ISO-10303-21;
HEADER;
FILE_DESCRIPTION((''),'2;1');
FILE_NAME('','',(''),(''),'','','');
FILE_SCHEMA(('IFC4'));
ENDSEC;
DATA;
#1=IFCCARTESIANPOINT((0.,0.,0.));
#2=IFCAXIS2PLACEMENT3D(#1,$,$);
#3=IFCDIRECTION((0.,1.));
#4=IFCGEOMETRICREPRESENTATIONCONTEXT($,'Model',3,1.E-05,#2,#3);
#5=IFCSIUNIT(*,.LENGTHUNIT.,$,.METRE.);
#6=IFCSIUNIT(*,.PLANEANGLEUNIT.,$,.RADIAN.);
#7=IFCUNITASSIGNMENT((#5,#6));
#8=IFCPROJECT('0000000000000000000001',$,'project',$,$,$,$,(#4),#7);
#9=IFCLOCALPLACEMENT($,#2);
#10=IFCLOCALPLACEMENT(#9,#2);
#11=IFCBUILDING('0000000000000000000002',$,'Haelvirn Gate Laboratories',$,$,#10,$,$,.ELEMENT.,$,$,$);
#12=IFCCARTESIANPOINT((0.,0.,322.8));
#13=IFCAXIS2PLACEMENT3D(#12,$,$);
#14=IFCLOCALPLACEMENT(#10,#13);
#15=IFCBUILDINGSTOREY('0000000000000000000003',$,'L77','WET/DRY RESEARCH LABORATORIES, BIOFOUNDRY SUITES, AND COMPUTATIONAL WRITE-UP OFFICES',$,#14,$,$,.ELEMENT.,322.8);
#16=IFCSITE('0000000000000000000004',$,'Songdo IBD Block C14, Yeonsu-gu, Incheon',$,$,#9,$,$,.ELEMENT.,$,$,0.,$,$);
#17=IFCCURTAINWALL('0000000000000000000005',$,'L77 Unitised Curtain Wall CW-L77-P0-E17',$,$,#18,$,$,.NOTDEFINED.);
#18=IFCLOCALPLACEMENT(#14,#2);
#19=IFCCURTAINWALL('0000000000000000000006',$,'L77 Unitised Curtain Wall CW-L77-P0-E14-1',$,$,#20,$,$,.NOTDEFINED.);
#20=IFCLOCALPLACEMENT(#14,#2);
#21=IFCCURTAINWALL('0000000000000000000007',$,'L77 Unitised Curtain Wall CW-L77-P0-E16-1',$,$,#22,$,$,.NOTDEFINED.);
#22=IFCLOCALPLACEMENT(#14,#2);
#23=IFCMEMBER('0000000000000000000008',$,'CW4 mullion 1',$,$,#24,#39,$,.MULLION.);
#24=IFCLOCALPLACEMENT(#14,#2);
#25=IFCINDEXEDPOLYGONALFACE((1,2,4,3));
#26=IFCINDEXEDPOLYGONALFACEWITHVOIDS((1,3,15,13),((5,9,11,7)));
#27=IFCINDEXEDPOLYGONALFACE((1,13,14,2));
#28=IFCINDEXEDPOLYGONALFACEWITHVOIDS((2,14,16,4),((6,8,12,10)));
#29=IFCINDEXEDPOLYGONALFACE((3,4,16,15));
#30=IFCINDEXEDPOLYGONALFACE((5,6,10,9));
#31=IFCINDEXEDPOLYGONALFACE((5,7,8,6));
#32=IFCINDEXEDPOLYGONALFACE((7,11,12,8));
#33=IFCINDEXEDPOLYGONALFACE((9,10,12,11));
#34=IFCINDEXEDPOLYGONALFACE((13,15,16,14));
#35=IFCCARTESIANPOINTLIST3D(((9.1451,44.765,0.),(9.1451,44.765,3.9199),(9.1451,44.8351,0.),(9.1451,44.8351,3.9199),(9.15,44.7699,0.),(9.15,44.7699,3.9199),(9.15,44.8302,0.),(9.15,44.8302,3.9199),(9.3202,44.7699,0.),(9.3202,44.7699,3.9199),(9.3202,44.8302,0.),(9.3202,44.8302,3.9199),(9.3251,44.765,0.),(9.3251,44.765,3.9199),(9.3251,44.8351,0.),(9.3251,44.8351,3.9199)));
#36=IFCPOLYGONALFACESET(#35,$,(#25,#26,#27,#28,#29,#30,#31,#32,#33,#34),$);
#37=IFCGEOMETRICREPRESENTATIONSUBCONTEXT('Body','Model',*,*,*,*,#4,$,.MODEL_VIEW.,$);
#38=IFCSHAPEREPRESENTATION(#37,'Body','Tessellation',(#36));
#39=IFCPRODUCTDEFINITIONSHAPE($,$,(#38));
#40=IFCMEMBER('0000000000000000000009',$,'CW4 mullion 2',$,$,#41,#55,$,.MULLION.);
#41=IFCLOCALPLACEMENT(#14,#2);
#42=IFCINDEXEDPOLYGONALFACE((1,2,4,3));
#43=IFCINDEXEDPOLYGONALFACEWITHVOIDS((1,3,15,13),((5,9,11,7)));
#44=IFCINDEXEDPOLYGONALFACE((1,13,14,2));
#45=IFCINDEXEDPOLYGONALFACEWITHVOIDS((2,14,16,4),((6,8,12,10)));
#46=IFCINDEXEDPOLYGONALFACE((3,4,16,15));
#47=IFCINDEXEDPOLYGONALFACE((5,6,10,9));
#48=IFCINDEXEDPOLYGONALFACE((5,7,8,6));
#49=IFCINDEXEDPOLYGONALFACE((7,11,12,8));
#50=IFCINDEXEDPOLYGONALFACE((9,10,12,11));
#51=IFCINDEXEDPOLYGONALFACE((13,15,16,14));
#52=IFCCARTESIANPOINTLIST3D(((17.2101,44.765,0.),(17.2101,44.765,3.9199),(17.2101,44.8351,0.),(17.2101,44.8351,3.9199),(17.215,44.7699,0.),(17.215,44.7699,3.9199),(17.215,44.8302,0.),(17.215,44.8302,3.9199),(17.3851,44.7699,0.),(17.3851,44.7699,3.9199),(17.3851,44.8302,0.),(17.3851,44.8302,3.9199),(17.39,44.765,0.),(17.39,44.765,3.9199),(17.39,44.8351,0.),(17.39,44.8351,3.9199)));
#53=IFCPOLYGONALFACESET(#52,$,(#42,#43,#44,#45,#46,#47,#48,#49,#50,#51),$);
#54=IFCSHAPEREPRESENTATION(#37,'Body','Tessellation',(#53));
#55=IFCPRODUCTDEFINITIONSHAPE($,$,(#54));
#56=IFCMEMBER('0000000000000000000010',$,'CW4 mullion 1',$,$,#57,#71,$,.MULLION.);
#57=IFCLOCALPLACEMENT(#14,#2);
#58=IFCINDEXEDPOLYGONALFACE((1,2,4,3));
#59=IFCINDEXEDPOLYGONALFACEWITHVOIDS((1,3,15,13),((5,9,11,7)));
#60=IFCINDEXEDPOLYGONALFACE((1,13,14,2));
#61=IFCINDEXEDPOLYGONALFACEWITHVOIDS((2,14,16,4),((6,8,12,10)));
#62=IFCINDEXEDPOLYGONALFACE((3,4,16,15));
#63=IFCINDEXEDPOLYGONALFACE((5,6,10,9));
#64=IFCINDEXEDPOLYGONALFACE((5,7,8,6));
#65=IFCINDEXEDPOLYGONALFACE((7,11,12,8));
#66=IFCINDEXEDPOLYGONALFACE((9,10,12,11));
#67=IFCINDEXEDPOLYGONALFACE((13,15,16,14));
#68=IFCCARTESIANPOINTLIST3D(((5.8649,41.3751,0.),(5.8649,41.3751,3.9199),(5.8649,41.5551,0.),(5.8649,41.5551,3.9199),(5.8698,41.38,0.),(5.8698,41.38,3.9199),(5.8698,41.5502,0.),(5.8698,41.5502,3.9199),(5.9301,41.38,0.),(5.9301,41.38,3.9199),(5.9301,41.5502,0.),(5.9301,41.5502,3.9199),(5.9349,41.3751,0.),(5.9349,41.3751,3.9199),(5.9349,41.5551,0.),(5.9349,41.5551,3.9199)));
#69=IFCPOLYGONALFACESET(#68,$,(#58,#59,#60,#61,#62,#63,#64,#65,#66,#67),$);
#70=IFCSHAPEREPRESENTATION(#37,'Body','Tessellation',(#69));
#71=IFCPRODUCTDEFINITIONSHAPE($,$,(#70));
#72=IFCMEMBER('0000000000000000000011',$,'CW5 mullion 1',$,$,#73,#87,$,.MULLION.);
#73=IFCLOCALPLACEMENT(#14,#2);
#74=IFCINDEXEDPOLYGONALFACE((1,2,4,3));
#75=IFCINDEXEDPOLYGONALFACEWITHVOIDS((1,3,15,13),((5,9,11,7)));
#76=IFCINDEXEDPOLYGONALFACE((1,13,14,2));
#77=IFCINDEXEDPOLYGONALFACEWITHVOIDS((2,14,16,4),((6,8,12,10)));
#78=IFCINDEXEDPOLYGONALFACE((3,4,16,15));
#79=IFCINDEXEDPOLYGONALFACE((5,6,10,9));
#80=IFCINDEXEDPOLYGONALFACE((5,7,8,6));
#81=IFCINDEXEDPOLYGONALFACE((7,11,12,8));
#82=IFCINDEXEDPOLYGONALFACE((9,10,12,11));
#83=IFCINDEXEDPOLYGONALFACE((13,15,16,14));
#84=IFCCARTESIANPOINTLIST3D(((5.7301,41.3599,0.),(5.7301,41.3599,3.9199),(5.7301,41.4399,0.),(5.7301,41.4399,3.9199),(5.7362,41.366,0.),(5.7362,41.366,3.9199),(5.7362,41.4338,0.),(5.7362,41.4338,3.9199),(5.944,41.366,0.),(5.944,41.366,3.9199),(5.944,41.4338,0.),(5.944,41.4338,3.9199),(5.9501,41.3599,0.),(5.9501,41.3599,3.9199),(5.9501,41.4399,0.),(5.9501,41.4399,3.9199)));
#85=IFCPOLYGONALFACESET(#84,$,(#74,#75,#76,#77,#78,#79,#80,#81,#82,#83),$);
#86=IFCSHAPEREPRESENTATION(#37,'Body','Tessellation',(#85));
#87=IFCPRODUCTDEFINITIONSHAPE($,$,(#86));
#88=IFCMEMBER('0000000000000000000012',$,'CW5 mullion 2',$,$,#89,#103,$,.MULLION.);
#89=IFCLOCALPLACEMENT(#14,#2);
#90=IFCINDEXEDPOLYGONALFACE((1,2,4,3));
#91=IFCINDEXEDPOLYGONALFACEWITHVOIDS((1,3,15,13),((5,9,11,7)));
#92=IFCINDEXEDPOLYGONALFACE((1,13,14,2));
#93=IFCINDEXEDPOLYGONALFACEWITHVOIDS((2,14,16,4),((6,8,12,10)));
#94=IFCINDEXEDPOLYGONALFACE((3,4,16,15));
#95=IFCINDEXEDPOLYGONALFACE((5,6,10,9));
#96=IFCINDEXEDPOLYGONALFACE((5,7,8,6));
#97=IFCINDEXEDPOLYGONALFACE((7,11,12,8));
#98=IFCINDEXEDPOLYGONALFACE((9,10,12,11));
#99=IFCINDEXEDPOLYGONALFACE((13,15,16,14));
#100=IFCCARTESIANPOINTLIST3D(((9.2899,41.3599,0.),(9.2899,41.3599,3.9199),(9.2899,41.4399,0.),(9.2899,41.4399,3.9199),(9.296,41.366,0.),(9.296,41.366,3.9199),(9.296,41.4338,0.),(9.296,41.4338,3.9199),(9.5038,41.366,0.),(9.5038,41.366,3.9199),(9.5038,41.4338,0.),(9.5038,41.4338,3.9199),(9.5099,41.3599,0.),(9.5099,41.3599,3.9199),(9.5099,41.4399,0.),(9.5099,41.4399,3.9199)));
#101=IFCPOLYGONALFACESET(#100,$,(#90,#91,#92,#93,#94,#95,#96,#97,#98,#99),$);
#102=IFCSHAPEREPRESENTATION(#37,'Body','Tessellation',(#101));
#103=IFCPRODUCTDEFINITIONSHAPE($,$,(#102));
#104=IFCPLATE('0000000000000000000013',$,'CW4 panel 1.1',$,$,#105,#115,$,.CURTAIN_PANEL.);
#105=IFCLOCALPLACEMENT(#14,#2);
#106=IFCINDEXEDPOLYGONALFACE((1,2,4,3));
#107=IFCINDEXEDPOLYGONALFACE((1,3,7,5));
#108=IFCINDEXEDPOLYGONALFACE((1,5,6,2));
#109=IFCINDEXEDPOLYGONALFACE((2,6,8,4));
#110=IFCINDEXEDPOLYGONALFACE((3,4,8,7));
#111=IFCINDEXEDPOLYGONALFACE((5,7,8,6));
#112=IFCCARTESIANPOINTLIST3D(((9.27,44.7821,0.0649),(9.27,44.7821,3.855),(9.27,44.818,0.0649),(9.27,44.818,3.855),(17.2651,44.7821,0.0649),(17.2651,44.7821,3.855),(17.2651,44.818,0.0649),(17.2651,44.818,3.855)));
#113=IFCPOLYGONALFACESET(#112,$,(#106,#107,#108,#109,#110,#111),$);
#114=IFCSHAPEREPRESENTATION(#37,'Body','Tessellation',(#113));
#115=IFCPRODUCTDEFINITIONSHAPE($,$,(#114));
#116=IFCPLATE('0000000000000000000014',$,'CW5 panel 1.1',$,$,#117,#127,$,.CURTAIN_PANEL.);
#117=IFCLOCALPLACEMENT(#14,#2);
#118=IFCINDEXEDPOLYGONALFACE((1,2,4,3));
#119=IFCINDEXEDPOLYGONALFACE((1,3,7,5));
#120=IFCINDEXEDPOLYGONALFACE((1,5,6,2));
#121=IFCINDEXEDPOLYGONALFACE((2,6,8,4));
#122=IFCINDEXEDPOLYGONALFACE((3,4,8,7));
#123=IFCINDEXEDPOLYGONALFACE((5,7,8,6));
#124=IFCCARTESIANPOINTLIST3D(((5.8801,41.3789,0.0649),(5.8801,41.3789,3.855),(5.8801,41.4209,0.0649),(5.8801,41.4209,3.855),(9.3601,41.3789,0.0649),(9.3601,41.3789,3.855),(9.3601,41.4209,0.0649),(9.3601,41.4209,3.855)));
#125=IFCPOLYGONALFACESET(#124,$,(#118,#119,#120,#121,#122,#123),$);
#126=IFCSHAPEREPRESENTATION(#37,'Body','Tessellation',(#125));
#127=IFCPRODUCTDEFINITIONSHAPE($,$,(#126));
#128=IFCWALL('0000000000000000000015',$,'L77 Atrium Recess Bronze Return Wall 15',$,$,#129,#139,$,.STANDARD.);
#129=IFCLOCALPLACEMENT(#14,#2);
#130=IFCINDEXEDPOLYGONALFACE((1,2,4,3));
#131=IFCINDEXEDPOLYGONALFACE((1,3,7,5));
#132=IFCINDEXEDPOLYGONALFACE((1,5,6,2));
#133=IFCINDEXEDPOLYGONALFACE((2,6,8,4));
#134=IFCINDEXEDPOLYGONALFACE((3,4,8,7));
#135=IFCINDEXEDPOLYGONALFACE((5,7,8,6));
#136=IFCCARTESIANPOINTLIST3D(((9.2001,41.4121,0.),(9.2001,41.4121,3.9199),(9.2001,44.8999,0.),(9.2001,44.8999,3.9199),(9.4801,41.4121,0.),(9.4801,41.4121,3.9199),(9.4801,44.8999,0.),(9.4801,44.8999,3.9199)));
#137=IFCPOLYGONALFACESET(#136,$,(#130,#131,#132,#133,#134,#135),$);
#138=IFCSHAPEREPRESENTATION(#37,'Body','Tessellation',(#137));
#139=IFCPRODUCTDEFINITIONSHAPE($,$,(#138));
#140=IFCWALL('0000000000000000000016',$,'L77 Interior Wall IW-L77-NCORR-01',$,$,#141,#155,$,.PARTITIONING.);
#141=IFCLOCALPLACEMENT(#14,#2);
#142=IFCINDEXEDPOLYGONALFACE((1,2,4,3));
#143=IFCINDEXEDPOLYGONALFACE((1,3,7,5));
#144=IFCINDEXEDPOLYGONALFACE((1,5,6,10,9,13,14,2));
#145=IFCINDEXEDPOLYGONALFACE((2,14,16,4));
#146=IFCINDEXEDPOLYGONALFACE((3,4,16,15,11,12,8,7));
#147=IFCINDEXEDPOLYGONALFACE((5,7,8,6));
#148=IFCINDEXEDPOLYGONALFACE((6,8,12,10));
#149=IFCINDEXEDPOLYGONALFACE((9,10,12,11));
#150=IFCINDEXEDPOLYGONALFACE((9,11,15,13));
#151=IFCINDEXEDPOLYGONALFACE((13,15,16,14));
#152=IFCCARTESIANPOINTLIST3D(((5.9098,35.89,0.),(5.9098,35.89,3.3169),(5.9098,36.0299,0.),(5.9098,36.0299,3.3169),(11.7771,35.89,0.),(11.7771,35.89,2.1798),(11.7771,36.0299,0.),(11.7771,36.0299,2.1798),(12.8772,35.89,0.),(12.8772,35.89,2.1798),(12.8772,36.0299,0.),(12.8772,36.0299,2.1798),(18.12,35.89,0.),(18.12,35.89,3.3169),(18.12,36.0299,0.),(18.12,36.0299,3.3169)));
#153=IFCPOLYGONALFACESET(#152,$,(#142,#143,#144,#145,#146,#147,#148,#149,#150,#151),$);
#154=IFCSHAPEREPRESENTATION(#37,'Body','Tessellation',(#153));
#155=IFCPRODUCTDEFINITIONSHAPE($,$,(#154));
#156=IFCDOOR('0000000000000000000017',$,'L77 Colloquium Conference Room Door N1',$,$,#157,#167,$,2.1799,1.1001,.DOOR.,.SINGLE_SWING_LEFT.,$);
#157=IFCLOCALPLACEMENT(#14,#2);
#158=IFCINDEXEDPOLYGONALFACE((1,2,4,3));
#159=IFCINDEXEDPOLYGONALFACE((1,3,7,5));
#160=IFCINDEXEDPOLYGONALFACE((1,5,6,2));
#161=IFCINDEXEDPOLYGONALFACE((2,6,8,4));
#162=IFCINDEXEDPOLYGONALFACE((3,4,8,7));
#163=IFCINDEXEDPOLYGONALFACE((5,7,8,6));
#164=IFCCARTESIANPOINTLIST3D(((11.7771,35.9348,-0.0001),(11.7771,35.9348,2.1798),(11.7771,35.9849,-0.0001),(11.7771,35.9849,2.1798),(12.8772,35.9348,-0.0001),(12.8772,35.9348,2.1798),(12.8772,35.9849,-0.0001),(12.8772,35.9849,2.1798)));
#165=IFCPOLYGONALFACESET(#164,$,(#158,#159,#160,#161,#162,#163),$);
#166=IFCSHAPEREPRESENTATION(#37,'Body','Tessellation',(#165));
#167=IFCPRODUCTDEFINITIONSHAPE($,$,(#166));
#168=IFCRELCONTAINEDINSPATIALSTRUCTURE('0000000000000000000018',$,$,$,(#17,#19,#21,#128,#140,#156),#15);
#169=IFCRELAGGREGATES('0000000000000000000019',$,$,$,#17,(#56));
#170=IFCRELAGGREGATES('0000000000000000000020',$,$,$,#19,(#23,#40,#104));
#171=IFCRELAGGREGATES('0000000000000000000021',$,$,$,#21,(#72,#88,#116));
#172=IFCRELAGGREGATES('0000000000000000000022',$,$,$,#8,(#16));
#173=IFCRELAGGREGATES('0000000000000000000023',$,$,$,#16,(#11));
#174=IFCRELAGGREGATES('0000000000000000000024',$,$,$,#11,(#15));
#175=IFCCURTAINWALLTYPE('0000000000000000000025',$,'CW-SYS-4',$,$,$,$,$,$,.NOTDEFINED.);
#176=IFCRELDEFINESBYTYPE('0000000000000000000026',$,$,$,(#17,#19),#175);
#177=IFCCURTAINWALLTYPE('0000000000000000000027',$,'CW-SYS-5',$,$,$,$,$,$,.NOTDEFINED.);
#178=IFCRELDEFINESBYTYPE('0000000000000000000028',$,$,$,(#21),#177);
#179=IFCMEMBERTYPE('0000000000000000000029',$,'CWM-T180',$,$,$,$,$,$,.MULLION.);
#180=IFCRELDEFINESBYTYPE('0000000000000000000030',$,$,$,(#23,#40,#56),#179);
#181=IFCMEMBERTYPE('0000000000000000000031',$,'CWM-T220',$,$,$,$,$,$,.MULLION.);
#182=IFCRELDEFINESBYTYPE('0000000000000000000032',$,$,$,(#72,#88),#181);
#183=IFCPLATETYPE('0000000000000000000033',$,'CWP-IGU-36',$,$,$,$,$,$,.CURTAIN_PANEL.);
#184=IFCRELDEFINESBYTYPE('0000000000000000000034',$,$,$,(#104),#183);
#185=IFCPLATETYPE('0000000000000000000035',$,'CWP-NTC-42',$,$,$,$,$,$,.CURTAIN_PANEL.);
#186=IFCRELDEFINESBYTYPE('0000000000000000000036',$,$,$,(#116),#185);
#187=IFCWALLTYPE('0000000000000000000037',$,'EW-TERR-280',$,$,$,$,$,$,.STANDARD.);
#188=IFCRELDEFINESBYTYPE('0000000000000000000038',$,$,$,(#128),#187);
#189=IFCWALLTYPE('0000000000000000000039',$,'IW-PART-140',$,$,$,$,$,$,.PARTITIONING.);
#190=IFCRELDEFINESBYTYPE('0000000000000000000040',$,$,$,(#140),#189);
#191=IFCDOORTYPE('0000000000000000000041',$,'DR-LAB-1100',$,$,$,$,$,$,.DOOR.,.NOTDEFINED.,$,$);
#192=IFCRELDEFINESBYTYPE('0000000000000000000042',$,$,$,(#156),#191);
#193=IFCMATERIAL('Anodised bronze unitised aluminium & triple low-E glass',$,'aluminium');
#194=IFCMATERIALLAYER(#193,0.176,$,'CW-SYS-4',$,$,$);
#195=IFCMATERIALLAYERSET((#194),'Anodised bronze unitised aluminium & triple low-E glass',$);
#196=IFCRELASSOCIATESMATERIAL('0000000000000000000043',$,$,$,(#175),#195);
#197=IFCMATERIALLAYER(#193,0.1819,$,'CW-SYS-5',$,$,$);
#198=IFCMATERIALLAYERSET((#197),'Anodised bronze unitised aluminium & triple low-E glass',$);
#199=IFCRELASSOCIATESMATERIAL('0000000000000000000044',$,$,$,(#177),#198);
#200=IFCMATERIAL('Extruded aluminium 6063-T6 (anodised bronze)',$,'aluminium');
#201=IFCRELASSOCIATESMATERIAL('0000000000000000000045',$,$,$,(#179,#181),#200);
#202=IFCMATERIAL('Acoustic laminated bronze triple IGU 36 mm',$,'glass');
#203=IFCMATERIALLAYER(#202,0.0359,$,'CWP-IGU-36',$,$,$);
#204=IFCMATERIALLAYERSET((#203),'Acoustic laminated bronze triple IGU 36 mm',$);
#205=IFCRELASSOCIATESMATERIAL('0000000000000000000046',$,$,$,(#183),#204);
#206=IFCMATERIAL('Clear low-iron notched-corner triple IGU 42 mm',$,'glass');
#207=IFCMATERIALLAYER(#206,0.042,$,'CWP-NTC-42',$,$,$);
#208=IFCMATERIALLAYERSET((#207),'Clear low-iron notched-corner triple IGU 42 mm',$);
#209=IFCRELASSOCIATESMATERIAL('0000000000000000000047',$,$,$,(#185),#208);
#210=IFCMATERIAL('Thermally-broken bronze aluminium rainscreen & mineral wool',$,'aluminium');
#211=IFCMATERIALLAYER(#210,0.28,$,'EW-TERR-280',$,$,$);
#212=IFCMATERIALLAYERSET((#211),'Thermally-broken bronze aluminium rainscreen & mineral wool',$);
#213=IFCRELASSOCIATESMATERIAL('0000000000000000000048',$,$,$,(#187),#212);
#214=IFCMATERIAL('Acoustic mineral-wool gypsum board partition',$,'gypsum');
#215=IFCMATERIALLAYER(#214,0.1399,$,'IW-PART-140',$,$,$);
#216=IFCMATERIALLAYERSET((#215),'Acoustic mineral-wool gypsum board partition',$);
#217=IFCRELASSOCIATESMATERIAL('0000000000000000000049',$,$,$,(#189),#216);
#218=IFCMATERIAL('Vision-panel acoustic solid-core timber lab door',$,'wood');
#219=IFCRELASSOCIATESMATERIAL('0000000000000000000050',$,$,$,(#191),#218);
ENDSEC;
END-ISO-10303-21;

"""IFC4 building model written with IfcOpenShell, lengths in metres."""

from ifc_helpers import new_model, si_unit, direction, frame, frame_2d, origin, origin_2d, place, context, subcontext, project, spatial, rectangle, hollow_rectangle, extrude, source, transform, mapped, material, layer, layer_set, material_profile, profile_set, type_object, type_shapes, element, fill, aggregate, save


model = new_model("IFC4")

# Units and contexts
model_context = context("Model", 3, precision=1e-05, world=origin(), true_north=direction((0.0, 1.0)))
body_context = subcontext(model_context, "Body", "Model", "MODEL_VIEW")
ifc_project = project(units=[si_unit("LENGTHUNIT", "METRE"), si_unit("PLANEANGLEUNIT", "RADIAN")], contexts=[model_context])

# Site, building, storey
site_placement = place(None, origin())
site = spatial("IfcSite", under=ifc_project, at=site_placement, Name="Songdo IBD Block C14, Yeonsu-gu, Incheon", CompositionType="ELEMENT", RefElevation=0.0)
building_placement = place(site_placement, origin())
building = spatial("IfcBuilding", under=site, at=building_placement, Name="Haelvirn Gate Laboratories", CompositionType="ELEMENT")
storey_placement = place(building_placement, frame((0.0, 0.0, 322.8)))
storey = spatial("IfcBuildingStorey", under=building, at=storey_placement, Name="L77", Description="WET/DRY RESEARCH LABORATORIES, BIOFOUNDRY SUITES, AND COMPUTATIONAL WRITE-UP OFFICES", CompositionType="ELEMENT", Elevation=322.8)

# Curtain walls
ifc_material_1 = material(Name="Anodised bronze unitised aluminium & triple low-E glass", Category="aluminium")
ifc_layer_1 = layer(ifc_material_1, 0.176, Name="CW-SYS-4")
ifc_layer_set_1 = layer_set([ifc_layer_1], Name="Anodised bronze unitised aluminium & triple low-E glass")
curtain_wall_type_1 = type_object("IfcCurtainWallType", Name="CW-SYS-4", PredefinedType="NOTDEFINED", material=ifc_layer_set_1)
curtain_wall_1_placement = place(storey_placement, origin())
curtain_wall_1 = element("IfcCurtainWall", 1, at=curtain_wall_1_placement, inside=storey, type_object=curtain_wall_type_1, Name="L77 Unitised Curtain Wall CW-L77-P0-E17", PredefinedType="NOTDEFINED")
ifc_material_2 = material(Name="Extruded aluminium 6063-T6 (anodised bronze)", Category="aluminium")
curtain_wall_2_placement = place(storey_placement, origin())
curtain_wall_2 = element("IfcCurtainWall", 2, at=curtain_wall_2_placement, inside=storey, type_object=curtain_wall_type_1, Name="L77 Unitised Curtain Wall CW-L77-P0-E14-1", PredefinedType="NOTDEFINED")
ifc_layer_2 = layer(ifc_material_1, 0.1819, Name="CW-SYS-5")
ifc_layer_set_2 = layer_set([ifc_layer_2], Name="Anodised bronze unitised aluminium & triple low-E glass")
curtain_wall_type_2 = type_object("IfcCurtainWallType", Name="CW-SYS-5", PredefinedType="NOTDEFINED", material=ifc_layer_set_2)
curtain_wall_3_placement = place(storey_placement, origin())
curtain_wall_3 = element("IfcCurtainWall", 3, at=curtain_wall_3_placement, inside=storey, type_object=curtain_wall_type_2, Name="L77 Unitised Curtain Wall CW-L77-P0-E16-1", PredefinedType="NOTDEFINED")

# Members
ifc_material_profile_1 = material_profile(ifc_material_2, hollow_rectangle(XDim=0.0701, YDim=0.1799, WallThickness=0.0049, at=origin_2d()), Name="CWM-180x70x5")
ifc_profile_set_1 = profile_set([ifc_material_profile_1], Name="Extruded aluminium 6063-T6 (anodised bronze)")
member_type_1 = type_object("IfcMemberType", Name="CWM-T180", PredefinedType="MULLION", material=ifc_profile_set_1)
shared_shape_1 = source(origin(), body_context, "Body", "SweptSolid", [
    extrude(hollow_rectangle(XDim=0.0701, YDim=0.1799, WallThickness=0.0049, at=origin_2d()), origin(), (0.0, 0.0, 1.0), 3.9199),
])
type_shapes(member_type_1, [shared_shape_1])
member_1_placement = place(storey_placement, frame((9.2351, 44.8, 0.0), z_axis=(0.0, 0.0, 1.0), x_axis=(0.0, 1.0, 0.0)))
member_1 = element("IfcMember", 4, at=member_1_placement, type_object=member_type_1, Name="CW4 mullion 1", PredefinedType="MULLION", context=body_context, shape_type="MappedRepresentation", body=[
    mapped(shared_shape_1, transform((0.0, 0.0, 0.0), scale=1.0)),
])
member_2_placement = place(storey_placement, frame((17.3, 44.8, 0.0), z_axis=(0.0, 0.0, 1.0), x_axis=(0.0, 1.0, 0.0)))
member_2 = element("IfcMember", 5, at=member_2_placement, type_object=member_type_1, Name="CW4 mullion 2", PredefinedType="MULLION", context=body_context, shape_type="MappedRepresentation", body=[
    mapped(shared_shape_1, transform((0.0, 0.0, 0.0), scale=1.0)),
])
member_3_placement = place(storey_placement, frame((5.8999, 41.4651, 0.0), z_axis=(0.0, 0.0, 1.0), x_axis=(1.0, 0.0, 0.0)))
member_3 = element("IfcMember", 6, at=member_3_placement, type_object=member_type_1, Name="CW4 mullion 1", PredefinedType="MULLION", context=body_context, shape_type="MappedRepresentation", body=[
    mapped(shared_shape_1, transform((0.0, 0.0, 0.0), scale=1.0)),
])
aggregate(curtain_wall_1, [member_3])
ifc_material_profile_2 = material_profile(ifc_material_2, hollow_rectangle(XDim=0.0801, YDim=0.22, WallThickness=0.0061, at=origin_2d()), Name="CWM-220x80x6")
ifc_profile_set_2 = profile_set([ifc_material_profile_2], Name="Extruded aluminium 6063-T6 (anodised bronze)")
member_type_2 = type_object("IfcMemberType", Name="CWM-T220", PredefinedType="MULLION", material=ifc_profile_set_2)
shared_shape_2 = source(origin(), body_context, "Body", "SweptSolid", [
    extrude(hollow_rectangle(XDim=0.0801, YDim=0.22, WallThickness=0.0061, at=origin_2d()), origin(), (0.0, 0.0, 1.0), 3.9199),
])
type_shapes(member_type_2, [shared_shape_2])
member_4_placement = place(storey_placement, frame((5.8401, 41.3999, 0.0), z_axis=(0.0, 0.0, 1.0), x_axis=(0.0, 1.0, 0.0)))
member_4 = element("IfcMember", 7, at=member_4_placement, type_object=member_type_2, Name="CW5 mullion 1", PredefinedType="MULLION", context=body_context, shape_type="MappedRepresentation", body=[
    mapped(shared_shape_2, transform((0.0, 0.0, 0.0), scale=1.0)),
])
member_5_placement = place(storey_placement, frame((9.3999, 41.3999, 0.0), z_axis=(0.0, 0.0, 1.0), x_axis=(0.0, 1.0, 0.0)))
member_5 = element("IfcMember", 8, at=member_5_placement, type_object=member_type_2, Name="CW5 mullion 2", PredefinedType="MULLION", context=body_context, shape_type="MappedRepresentation", body=[
    mapped(shared_shape_2, transform((0.0, 0.0, 0.0), scale=1.0)),
])

# Plates
ifc_material_3 = material(Name="Acoustic laminated bronze triple IGU 36 mm", Category="glass")
ifc_layer_3 = layer(ifc_material_3, 0.0359, Name="CWP-IGU-36")
ifc_layer_set_3 = layer_set([ifc_layer_3], Name="Acoustic laminated bronze triple IGU 36 mm")
plate_type_1 = type_object("IfcPlateType", Name="CWP-IGU-36", PredefinedType="CURTAIN_PANEL", material=ifc_layer_set_3)
shared_shape_3 = source(origin(), body_context, "Body", "SweptSolid", [
    extrude(rectangle(XDim=7.9951, YDim=0.0359, at=origin_2d()), origin(), (0.0, 0.0, 1.0), 3.79),
])
type_shapes(plate_type_1, [shared_shape_3])
plate_1_placement = place(storey_placement, frame((13.2676, 44.8, 0.0649), z_axis=(0.0, 0.0, 1.0), x_axis=(1.0, 0.0, 0.0)))
plate_1 = element("IfcPlate", 9, at=plate_1_placement, type_object=plate_type_1, Name="CW4 panel 1.1", PredefinedType="CURTAIN_PANEL", context=body_context, shape_type="MappedRepresentation", body=[
    mapped(shared_shape_3, transform((0.0, 0.0, 0.0), scale=1.0)),
])
aggregate(curtain_wall_2, [member_1, member_2, plate_1])
ifc_material_4 = material(Name="Clear low-iron notched-corner triple IGU 42 mm", Category="glass")
ifc_layer_4 = layer(ifc_material_4, 0.042, Name="CWP-NTC-42")
ifc_layer_set_4 = layer_set([ifc_layer_4], Name="Clear low-iron notched-corner triple IGU 42 mm")
plate_type_2 = type_object("IfcPlateType", Name="CWP-NTC-42", PredefinedType="CURTAIN_PANEL", material=ifc_layer_set_4)
shared_shape_4 = source(origin(), body_context, "Body", "SweptSolid", [
    extrude(rectangle(XDim=3.48, YDim=0.042, at=origin_2d()), origin(), (0.0, 0.0, 1.0), 3.79),
])
type_shapes(plate_type_2, [shared_shape_4])
plate_2_placement = place(storey_placement, frame((7.6201, 41.3999, 0.0649), z_axis=(0.0, 0.0, 1.0), x_axis=(1.0, 0.0, 0.0)))
plate_2 = element("IfcPlate", 10, at=plate_2_placement, type_object=plate_type_2, Name="CW5 panel 1.1", PredefinedType="CURTAIN_PANEL", context=body_context, shape_type="MappedRepresentation", body=[
    mapped(shared_shape_4, transform((0.0, 0.0, 0.0), scale=1.0)),
])
aggregate(curtain_wall_3, [member_4, member_5, plate_2])

# Wall
ifc_material_5 = material(Name="Thermally-broken bronze aluminium rainscreen & mineral wool", Category="aluminium")
ifc_layer_5 = layer(ifc_material_5, 0.28, Name="EW-TERR-280")
ifc_layer_set_5 = layer_set([ifc_layer_5], Name="Thermally-broken bronze aluminium rainscreen & mineral wool")
wall_type_1 = type_object("IfcWallType", Name="EW-TERR-280", PredefinedType="STANDARD", material=ifc_layer_set_5)
wall_1_placement = place(storey_placement, frame((9.3401, 44.8999, 0.0), z_axis=(0.0, 0.0, 1.0), x_axis=(0.0, -1.0, 0.0)))
element("IfcWall", 11, at=wall_1_placement, inside=storey, type_object=wall_type_1, Name="L77 Atrium Recess Bronze Return Wall 15", PredefinedType="STANDARD", context=body_context, shape_type="SweptSolid", body=[
    extrude(rectangle(XDim=3.4878, YDim=0.28, at=frame_2d((1.7439, 0.0))), origin(), (0.0, 0.0, 1.0), 3.9199),
])

# Wall, opening, door
ifc_material_6 = material(Name="Acoustic mineral-wool gypsum board partition", Category="gypsum")
ifc_layer_6 = layer(ifc_material_6, 0.1399, Name="IW-PART-140")
ifc_layer_set_6 = layer_set([ifc_layer_6], Name="Acoustic mineral-wool gypsum board partition")
wall_type_2 = type_object("IfcWallType", Name="IW-PART-140", PredefinedType="PARTITIONING", material=ifc_layer_set_6)
wall_2_placement = place(storey_placement, frame((5.9099, 35.96, 0.0), z_axis=(0.0, 0.0, 1.0), x_axis=(1.0, 0.0, 0.0)))
wall_2 = element("IfcWall", 12, at=wall_2_placement, inside=storey, type_object=wall_type_2, Name="L77 Interior Wall IW-L77-NCORR-01", PredefinedType="PARTITIONING", context=body_context, shape_type="SweptSolid", body=[
    extrude(rectangle(XDim=12.2102, YDim=0.1399, at=frame_2d((6.105, 0.0))), origin(), (0.0, 0.0, 1.0), 3.3169),
])
opening_placement = place(wall_2_placement, frame((5.8672, 0.0, 0.0)))
opening = element("IfcOpeningElement", 13, at=opening_placement, cuts=wall_2, PredefinedType="OPENING", context=body_context, shape_type="SweptSolid", body=[
    extrude(rectangle(XDim=1.1001, YDim=2.1799, at=frame_2d((0.55, 1.0898))), frame((0.0, 0.0801, 0.0), z_axis=(0.0, -1.0, 0.0), x_axis=(1.0, 0.0, 0.0)), (0.0, 0.0, 1.0), 0.1599),
])
ifc_material_7 = material(Name="Vision-panel acoustic solid-core timber lab door", Category="wood")
door_type = type_object("IfcDoorType", Name="DR-LAB-1100", OperationType="NOTDEFINED", PredefinedType="DOOR", material=ifc_material_7)
shared_shape_5 = source(origin(), body_context, "Body", "SweptSolid", [
    extrude(rectangle(XDim=1.1001, YDim=2.1799, at=frame_2d((0.55, 1.0898))), frame((0.0, 0.0249, 0.0), z_axis=(0.0, -1.0, 0.0), x_axis=(1.0, 0.0, 0.0)), (0.0, 0.0, 1.0), 0.05),
])
type_shapes(door_type, [shared_shape_5])
door_placement = place(opening_placement, origin())
door = element("IfcDoor", 14, at=door_placement, inside=storey, type_object=door_type, Name="L77 Colloquium Conference Room Door N1", OperationType="SINGLE_SWING_LEFT", OverallHeight=2.1799, OverallWidth=1.1001, PredefinedType="DOOR", context=body_context, shape_type="MappedRepresentation", body=[
    mapped(shared_shape_5, transform((0.0, 0.0, 0.0), scale=1.0)),
])
fill(opening, door)

save(model, "model.ifc")
